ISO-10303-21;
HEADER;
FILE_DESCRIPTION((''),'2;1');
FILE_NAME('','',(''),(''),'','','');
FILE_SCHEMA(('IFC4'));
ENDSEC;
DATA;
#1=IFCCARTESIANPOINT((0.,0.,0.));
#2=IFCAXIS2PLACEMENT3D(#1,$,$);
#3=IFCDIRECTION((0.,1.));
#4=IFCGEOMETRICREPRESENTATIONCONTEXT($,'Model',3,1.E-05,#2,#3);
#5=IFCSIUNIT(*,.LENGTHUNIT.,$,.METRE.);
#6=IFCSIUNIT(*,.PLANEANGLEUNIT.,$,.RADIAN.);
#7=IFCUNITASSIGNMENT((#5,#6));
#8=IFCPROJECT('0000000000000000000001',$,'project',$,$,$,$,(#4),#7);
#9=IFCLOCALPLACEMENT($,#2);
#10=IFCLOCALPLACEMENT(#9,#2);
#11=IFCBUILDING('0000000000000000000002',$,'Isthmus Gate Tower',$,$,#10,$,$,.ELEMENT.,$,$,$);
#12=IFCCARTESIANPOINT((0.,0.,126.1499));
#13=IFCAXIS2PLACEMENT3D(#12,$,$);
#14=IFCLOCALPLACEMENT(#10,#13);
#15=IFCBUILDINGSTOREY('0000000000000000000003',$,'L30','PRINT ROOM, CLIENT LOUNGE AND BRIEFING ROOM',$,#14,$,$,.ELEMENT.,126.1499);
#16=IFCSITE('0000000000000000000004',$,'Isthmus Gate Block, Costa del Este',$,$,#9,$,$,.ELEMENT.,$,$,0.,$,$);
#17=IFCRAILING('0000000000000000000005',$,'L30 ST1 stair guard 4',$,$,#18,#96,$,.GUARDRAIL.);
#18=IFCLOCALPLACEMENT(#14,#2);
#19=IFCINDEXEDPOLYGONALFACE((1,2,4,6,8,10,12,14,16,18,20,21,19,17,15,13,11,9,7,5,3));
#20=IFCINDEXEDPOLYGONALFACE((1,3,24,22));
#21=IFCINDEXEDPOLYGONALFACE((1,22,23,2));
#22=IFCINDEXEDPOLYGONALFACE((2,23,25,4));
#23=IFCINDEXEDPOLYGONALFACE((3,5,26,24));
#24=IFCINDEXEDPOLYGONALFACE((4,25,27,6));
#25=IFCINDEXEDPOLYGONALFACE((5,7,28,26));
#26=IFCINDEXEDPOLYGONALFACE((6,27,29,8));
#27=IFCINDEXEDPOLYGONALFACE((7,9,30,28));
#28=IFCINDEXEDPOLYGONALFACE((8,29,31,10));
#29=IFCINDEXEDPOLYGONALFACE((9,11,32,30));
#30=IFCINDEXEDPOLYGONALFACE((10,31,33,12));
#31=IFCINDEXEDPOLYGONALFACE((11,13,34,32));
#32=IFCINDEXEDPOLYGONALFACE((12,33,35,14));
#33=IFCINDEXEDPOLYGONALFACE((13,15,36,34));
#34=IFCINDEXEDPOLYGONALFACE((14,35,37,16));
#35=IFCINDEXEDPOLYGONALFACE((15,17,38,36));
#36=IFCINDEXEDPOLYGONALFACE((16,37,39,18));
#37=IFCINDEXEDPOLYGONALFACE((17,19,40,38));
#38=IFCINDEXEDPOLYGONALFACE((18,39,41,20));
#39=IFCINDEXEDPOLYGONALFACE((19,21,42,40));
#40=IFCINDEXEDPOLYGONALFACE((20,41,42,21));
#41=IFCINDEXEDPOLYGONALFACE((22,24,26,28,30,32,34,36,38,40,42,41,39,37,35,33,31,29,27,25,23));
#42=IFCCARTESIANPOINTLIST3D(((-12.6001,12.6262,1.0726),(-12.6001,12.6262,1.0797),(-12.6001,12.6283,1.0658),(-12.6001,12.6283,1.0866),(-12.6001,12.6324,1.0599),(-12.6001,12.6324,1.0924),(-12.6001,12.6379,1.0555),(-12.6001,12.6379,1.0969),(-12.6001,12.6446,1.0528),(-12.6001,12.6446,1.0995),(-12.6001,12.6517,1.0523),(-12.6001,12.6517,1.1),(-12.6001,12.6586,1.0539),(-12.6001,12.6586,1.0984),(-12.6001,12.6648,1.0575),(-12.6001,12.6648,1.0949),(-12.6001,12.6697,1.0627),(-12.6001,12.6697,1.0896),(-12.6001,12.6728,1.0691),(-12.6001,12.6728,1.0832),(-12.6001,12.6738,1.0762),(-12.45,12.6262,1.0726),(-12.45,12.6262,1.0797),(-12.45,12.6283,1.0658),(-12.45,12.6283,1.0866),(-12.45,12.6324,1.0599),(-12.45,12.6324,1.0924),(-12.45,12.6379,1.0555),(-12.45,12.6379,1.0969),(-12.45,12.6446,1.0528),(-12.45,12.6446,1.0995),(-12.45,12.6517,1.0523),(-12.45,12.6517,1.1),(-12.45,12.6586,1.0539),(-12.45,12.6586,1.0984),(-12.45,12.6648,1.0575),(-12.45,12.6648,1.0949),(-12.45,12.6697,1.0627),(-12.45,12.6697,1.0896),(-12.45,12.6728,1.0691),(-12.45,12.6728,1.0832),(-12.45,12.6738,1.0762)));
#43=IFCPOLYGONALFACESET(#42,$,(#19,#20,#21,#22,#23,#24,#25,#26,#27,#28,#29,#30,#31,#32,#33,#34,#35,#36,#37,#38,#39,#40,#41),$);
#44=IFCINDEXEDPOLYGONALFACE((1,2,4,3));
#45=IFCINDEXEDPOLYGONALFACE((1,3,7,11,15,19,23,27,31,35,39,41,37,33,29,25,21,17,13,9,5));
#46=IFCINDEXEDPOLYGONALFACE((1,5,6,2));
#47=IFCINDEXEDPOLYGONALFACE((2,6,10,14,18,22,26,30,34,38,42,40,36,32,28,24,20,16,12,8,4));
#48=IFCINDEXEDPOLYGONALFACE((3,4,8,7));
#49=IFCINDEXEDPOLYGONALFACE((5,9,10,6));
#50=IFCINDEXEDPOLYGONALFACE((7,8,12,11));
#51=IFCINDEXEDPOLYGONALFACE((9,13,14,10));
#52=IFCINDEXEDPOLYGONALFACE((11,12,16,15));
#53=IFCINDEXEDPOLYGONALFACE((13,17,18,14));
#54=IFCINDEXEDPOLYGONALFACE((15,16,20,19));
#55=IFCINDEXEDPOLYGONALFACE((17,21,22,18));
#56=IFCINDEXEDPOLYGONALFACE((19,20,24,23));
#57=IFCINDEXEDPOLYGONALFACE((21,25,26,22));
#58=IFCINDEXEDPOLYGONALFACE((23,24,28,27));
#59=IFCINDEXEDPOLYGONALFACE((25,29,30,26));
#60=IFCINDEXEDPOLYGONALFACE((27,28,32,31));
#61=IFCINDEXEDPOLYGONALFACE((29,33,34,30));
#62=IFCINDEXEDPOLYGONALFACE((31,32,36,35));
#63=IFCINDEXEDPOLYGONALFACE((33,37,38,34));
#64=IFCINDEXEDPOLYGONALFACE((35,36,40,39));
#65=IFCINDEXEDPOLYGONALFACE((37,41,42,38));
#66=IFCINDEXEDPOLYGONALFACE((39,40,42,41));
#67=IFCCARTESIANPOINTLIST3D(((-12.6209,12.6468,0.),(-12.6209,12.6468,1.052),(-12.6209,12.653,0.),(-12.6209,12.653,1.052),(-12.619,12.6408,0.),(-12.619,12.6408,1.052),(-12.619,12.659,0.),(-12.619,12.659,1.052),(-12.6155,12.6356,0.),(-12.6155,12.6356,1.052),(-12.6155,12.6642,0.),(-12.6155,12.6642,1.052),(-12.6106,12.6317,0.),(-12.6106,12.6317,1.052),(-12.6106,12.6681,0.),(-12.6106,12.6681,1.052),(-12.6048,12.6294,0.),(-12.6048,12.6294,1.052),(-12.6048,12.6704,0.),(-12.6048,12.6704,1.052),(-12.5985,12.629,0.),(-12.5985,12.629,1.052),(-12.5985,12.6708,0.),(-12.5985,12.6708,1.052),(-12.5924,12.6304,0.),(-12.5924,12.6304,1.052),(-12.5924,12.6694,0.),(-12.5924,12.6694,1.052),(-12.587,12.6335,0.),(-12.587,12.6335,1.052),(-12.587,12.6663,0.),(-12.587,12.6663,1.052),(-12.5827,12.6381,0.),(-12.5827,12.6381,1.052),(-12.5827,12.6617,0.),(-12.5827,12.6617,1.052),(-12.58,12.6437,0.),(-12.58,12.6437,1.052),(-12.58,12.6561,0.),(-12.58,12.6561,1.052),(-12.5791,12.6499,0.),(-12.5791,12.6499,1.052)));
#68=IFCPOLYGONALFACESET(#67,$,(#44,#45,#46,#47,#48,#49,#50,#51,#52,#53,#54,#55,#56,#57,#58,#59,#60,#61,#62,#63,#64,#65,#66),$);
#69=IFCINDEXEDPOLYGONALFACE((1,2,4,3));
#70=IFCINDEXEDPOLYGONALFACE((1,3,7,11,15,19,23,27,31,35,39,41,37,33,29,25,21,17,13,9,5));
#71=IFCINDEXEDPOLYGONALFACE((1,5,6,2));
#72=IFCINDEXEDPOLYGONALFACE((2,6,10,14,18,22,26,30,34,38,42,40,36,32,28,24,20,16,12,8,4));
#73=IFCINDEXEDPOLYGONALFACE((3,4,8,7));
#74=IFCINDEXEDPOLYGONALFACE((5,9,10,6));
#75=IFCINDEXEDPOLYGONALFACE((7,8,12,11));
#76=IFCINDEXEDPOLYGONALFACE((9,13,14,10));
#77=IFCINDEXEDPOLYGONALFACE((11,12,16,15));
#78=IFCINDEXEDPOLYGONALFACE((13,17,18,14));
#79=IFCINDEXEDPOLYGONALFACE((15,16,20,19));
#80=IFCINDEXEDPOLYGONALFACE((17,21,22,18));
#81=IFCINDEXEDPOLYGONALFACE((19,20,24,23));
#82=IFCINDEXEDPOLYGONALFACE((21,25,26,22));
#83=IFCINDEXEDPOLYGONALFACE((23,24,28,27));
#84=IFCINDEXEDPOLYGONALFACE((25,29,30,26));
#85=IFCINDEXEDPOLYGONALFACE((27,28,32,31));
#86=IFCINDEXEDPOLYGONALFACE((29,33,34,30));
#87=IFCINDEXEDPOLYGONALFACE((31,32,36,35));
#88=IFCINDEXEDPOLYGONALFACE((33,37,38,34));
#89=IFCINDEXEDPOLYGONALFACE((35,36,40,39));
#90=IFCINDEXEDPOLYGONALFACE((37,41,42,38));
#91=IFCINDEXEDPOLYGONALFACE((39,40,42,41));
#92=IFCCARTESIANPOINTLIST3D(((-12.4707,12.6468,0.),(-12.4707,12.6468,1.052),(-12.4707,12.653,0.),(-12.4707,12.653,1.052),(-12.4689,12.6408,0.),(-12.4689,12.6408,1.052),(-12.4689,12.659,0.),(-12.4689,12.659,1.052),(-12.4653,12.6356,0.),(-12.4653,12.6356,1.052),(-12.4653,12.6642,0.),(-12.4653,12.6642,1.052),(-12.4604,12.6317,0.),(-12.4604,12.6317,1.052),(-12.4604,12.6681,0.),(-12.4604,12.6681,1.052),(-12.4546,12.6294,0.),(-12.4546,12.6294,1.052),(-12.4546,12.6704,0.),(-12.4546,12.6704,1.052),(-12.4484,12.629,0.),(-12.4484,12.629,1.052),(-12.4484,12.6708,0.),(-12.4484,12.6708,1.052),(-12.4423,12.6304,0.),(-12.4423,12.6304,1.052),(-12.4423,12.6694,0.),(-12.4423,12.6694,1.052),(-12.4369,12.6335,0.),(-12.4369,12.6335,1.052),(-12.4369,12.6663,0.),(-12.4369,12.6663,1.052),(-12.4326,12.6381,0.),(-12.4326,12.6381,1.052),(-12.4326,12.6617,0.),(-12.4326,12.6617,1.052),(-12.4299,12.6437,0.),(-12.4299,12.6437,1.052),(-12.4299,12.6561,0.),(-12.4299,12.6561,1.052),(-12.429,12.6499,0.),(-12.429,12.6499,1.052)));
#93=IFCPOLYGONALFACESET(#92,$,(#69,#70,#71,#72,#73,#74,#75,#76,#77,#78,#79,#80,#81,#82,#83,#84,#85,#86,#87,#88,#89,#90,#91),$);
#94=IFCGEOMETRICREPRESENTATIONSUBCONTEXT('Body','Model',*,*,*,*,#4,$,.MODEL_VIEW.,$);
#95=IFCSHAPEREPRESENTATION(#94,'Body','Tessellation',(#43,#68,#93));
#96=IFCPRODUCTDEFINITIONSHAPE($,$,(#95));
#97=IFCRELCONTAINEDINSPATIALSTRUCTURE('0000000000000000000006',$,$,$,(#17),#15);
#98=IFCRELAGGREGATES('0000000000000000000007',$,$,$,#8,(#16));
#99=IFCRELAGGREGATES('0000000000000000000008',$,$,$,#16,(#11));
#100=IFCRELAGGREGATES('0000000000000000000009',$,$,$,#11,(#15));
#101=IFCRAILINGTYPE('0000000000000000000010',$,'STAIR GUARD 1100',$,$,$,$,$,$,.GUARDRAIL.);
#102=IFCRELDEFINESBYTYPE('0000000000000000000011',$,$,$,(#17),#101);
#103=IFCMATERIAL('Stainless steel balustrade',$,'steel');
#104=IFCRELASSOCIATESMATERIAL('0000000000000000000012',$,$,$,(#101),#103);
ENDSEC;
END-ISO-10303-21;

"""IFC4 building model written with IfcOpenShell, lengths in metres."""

from ifc_helpers import new_model, si_unit, direction, frame, origin, origin_2d, place, context, subcontext, project, spatial, circle, extrude, material, type_object, element, save


model = new_model("IFC4")

# Units and contexts
model_context = context("Model", 3, precision=1e-05, world=origin(), true_north=direction((0.0, 1.0)))
body_context = subcontext(model_context, "Body", "Model", "MODEL_VIEW")
ifc_project = project(units=[si_unit("LENGTHUNIT", "METRE"), si_unit("PLANEANGLEUNIT", "RADIAN")], contexts=[model_context])

# Site, building, storey
site_placement = place(None, origin())
site = spatial("IfcSite", under=ifc_project, at=site_placement, Name="Isthmus Gate Block, Costa del Este", CompositionType="ELEMENT", RefElevation=0.0)
building_placement = place(site_placement, origin())
building = spatial("IfcBuilding", under=site, at=building_placement, Name="Isthmus Gate Tower", CompositionType="ELEMENT")
storey_placement = place(building_placement, frame((0.0, 0.0, 126.1499)))
storey = spatial("IfcBuildingStorey", under=building, at=storey_placement, Name="L30", Description="PRINT ROOM, CLIENT LOUNGE AND BRIEFING ROOM", CompositionType="ELEMENT", Elevation=126.1499)

# Railing
ifc_material_1 = material(Name="Stainless steel balustrade", Category="steel")
railing_type_1 = type_object("IfcRailingType", Name="STAIR GUARD 1100", PredefinedType="GUARDRAIL", material=ifc_material_1)
railing_1_placement = place(storey_placement, frame((-12.6001, 12.6499, 0.0)))
element("IfcRailing", 1, at=railing_1_placement, inside=storey, type_object=railing_type_1, Name="L30 ST1 stair guard 4", PredefinedType="GUARDRAIL", context=body_context, shape_type="SweptSolid", body=[
    extrude(circle(Radius=0.0239, at=origin_2d()), frame((0.0, 0.0, 1.0762), z_axis=(1.0, 0.0, 0.0), x_axis=(0.0, 1.0, 0.0)), (0.0, 0.0, 1.0), 0.1501),
    extrude(circle(Radius=0.021, at=origin_2d()), origin(), (0.0, 0.0, 1.0), 1.052),
    extrude(circle(Radius=0.021, at=origin_2d()), frame((0.1501, 0.0, 0.0)), (0.0, 0.0, 1.0), 1.052),
])

save(model, "model.ifc")
